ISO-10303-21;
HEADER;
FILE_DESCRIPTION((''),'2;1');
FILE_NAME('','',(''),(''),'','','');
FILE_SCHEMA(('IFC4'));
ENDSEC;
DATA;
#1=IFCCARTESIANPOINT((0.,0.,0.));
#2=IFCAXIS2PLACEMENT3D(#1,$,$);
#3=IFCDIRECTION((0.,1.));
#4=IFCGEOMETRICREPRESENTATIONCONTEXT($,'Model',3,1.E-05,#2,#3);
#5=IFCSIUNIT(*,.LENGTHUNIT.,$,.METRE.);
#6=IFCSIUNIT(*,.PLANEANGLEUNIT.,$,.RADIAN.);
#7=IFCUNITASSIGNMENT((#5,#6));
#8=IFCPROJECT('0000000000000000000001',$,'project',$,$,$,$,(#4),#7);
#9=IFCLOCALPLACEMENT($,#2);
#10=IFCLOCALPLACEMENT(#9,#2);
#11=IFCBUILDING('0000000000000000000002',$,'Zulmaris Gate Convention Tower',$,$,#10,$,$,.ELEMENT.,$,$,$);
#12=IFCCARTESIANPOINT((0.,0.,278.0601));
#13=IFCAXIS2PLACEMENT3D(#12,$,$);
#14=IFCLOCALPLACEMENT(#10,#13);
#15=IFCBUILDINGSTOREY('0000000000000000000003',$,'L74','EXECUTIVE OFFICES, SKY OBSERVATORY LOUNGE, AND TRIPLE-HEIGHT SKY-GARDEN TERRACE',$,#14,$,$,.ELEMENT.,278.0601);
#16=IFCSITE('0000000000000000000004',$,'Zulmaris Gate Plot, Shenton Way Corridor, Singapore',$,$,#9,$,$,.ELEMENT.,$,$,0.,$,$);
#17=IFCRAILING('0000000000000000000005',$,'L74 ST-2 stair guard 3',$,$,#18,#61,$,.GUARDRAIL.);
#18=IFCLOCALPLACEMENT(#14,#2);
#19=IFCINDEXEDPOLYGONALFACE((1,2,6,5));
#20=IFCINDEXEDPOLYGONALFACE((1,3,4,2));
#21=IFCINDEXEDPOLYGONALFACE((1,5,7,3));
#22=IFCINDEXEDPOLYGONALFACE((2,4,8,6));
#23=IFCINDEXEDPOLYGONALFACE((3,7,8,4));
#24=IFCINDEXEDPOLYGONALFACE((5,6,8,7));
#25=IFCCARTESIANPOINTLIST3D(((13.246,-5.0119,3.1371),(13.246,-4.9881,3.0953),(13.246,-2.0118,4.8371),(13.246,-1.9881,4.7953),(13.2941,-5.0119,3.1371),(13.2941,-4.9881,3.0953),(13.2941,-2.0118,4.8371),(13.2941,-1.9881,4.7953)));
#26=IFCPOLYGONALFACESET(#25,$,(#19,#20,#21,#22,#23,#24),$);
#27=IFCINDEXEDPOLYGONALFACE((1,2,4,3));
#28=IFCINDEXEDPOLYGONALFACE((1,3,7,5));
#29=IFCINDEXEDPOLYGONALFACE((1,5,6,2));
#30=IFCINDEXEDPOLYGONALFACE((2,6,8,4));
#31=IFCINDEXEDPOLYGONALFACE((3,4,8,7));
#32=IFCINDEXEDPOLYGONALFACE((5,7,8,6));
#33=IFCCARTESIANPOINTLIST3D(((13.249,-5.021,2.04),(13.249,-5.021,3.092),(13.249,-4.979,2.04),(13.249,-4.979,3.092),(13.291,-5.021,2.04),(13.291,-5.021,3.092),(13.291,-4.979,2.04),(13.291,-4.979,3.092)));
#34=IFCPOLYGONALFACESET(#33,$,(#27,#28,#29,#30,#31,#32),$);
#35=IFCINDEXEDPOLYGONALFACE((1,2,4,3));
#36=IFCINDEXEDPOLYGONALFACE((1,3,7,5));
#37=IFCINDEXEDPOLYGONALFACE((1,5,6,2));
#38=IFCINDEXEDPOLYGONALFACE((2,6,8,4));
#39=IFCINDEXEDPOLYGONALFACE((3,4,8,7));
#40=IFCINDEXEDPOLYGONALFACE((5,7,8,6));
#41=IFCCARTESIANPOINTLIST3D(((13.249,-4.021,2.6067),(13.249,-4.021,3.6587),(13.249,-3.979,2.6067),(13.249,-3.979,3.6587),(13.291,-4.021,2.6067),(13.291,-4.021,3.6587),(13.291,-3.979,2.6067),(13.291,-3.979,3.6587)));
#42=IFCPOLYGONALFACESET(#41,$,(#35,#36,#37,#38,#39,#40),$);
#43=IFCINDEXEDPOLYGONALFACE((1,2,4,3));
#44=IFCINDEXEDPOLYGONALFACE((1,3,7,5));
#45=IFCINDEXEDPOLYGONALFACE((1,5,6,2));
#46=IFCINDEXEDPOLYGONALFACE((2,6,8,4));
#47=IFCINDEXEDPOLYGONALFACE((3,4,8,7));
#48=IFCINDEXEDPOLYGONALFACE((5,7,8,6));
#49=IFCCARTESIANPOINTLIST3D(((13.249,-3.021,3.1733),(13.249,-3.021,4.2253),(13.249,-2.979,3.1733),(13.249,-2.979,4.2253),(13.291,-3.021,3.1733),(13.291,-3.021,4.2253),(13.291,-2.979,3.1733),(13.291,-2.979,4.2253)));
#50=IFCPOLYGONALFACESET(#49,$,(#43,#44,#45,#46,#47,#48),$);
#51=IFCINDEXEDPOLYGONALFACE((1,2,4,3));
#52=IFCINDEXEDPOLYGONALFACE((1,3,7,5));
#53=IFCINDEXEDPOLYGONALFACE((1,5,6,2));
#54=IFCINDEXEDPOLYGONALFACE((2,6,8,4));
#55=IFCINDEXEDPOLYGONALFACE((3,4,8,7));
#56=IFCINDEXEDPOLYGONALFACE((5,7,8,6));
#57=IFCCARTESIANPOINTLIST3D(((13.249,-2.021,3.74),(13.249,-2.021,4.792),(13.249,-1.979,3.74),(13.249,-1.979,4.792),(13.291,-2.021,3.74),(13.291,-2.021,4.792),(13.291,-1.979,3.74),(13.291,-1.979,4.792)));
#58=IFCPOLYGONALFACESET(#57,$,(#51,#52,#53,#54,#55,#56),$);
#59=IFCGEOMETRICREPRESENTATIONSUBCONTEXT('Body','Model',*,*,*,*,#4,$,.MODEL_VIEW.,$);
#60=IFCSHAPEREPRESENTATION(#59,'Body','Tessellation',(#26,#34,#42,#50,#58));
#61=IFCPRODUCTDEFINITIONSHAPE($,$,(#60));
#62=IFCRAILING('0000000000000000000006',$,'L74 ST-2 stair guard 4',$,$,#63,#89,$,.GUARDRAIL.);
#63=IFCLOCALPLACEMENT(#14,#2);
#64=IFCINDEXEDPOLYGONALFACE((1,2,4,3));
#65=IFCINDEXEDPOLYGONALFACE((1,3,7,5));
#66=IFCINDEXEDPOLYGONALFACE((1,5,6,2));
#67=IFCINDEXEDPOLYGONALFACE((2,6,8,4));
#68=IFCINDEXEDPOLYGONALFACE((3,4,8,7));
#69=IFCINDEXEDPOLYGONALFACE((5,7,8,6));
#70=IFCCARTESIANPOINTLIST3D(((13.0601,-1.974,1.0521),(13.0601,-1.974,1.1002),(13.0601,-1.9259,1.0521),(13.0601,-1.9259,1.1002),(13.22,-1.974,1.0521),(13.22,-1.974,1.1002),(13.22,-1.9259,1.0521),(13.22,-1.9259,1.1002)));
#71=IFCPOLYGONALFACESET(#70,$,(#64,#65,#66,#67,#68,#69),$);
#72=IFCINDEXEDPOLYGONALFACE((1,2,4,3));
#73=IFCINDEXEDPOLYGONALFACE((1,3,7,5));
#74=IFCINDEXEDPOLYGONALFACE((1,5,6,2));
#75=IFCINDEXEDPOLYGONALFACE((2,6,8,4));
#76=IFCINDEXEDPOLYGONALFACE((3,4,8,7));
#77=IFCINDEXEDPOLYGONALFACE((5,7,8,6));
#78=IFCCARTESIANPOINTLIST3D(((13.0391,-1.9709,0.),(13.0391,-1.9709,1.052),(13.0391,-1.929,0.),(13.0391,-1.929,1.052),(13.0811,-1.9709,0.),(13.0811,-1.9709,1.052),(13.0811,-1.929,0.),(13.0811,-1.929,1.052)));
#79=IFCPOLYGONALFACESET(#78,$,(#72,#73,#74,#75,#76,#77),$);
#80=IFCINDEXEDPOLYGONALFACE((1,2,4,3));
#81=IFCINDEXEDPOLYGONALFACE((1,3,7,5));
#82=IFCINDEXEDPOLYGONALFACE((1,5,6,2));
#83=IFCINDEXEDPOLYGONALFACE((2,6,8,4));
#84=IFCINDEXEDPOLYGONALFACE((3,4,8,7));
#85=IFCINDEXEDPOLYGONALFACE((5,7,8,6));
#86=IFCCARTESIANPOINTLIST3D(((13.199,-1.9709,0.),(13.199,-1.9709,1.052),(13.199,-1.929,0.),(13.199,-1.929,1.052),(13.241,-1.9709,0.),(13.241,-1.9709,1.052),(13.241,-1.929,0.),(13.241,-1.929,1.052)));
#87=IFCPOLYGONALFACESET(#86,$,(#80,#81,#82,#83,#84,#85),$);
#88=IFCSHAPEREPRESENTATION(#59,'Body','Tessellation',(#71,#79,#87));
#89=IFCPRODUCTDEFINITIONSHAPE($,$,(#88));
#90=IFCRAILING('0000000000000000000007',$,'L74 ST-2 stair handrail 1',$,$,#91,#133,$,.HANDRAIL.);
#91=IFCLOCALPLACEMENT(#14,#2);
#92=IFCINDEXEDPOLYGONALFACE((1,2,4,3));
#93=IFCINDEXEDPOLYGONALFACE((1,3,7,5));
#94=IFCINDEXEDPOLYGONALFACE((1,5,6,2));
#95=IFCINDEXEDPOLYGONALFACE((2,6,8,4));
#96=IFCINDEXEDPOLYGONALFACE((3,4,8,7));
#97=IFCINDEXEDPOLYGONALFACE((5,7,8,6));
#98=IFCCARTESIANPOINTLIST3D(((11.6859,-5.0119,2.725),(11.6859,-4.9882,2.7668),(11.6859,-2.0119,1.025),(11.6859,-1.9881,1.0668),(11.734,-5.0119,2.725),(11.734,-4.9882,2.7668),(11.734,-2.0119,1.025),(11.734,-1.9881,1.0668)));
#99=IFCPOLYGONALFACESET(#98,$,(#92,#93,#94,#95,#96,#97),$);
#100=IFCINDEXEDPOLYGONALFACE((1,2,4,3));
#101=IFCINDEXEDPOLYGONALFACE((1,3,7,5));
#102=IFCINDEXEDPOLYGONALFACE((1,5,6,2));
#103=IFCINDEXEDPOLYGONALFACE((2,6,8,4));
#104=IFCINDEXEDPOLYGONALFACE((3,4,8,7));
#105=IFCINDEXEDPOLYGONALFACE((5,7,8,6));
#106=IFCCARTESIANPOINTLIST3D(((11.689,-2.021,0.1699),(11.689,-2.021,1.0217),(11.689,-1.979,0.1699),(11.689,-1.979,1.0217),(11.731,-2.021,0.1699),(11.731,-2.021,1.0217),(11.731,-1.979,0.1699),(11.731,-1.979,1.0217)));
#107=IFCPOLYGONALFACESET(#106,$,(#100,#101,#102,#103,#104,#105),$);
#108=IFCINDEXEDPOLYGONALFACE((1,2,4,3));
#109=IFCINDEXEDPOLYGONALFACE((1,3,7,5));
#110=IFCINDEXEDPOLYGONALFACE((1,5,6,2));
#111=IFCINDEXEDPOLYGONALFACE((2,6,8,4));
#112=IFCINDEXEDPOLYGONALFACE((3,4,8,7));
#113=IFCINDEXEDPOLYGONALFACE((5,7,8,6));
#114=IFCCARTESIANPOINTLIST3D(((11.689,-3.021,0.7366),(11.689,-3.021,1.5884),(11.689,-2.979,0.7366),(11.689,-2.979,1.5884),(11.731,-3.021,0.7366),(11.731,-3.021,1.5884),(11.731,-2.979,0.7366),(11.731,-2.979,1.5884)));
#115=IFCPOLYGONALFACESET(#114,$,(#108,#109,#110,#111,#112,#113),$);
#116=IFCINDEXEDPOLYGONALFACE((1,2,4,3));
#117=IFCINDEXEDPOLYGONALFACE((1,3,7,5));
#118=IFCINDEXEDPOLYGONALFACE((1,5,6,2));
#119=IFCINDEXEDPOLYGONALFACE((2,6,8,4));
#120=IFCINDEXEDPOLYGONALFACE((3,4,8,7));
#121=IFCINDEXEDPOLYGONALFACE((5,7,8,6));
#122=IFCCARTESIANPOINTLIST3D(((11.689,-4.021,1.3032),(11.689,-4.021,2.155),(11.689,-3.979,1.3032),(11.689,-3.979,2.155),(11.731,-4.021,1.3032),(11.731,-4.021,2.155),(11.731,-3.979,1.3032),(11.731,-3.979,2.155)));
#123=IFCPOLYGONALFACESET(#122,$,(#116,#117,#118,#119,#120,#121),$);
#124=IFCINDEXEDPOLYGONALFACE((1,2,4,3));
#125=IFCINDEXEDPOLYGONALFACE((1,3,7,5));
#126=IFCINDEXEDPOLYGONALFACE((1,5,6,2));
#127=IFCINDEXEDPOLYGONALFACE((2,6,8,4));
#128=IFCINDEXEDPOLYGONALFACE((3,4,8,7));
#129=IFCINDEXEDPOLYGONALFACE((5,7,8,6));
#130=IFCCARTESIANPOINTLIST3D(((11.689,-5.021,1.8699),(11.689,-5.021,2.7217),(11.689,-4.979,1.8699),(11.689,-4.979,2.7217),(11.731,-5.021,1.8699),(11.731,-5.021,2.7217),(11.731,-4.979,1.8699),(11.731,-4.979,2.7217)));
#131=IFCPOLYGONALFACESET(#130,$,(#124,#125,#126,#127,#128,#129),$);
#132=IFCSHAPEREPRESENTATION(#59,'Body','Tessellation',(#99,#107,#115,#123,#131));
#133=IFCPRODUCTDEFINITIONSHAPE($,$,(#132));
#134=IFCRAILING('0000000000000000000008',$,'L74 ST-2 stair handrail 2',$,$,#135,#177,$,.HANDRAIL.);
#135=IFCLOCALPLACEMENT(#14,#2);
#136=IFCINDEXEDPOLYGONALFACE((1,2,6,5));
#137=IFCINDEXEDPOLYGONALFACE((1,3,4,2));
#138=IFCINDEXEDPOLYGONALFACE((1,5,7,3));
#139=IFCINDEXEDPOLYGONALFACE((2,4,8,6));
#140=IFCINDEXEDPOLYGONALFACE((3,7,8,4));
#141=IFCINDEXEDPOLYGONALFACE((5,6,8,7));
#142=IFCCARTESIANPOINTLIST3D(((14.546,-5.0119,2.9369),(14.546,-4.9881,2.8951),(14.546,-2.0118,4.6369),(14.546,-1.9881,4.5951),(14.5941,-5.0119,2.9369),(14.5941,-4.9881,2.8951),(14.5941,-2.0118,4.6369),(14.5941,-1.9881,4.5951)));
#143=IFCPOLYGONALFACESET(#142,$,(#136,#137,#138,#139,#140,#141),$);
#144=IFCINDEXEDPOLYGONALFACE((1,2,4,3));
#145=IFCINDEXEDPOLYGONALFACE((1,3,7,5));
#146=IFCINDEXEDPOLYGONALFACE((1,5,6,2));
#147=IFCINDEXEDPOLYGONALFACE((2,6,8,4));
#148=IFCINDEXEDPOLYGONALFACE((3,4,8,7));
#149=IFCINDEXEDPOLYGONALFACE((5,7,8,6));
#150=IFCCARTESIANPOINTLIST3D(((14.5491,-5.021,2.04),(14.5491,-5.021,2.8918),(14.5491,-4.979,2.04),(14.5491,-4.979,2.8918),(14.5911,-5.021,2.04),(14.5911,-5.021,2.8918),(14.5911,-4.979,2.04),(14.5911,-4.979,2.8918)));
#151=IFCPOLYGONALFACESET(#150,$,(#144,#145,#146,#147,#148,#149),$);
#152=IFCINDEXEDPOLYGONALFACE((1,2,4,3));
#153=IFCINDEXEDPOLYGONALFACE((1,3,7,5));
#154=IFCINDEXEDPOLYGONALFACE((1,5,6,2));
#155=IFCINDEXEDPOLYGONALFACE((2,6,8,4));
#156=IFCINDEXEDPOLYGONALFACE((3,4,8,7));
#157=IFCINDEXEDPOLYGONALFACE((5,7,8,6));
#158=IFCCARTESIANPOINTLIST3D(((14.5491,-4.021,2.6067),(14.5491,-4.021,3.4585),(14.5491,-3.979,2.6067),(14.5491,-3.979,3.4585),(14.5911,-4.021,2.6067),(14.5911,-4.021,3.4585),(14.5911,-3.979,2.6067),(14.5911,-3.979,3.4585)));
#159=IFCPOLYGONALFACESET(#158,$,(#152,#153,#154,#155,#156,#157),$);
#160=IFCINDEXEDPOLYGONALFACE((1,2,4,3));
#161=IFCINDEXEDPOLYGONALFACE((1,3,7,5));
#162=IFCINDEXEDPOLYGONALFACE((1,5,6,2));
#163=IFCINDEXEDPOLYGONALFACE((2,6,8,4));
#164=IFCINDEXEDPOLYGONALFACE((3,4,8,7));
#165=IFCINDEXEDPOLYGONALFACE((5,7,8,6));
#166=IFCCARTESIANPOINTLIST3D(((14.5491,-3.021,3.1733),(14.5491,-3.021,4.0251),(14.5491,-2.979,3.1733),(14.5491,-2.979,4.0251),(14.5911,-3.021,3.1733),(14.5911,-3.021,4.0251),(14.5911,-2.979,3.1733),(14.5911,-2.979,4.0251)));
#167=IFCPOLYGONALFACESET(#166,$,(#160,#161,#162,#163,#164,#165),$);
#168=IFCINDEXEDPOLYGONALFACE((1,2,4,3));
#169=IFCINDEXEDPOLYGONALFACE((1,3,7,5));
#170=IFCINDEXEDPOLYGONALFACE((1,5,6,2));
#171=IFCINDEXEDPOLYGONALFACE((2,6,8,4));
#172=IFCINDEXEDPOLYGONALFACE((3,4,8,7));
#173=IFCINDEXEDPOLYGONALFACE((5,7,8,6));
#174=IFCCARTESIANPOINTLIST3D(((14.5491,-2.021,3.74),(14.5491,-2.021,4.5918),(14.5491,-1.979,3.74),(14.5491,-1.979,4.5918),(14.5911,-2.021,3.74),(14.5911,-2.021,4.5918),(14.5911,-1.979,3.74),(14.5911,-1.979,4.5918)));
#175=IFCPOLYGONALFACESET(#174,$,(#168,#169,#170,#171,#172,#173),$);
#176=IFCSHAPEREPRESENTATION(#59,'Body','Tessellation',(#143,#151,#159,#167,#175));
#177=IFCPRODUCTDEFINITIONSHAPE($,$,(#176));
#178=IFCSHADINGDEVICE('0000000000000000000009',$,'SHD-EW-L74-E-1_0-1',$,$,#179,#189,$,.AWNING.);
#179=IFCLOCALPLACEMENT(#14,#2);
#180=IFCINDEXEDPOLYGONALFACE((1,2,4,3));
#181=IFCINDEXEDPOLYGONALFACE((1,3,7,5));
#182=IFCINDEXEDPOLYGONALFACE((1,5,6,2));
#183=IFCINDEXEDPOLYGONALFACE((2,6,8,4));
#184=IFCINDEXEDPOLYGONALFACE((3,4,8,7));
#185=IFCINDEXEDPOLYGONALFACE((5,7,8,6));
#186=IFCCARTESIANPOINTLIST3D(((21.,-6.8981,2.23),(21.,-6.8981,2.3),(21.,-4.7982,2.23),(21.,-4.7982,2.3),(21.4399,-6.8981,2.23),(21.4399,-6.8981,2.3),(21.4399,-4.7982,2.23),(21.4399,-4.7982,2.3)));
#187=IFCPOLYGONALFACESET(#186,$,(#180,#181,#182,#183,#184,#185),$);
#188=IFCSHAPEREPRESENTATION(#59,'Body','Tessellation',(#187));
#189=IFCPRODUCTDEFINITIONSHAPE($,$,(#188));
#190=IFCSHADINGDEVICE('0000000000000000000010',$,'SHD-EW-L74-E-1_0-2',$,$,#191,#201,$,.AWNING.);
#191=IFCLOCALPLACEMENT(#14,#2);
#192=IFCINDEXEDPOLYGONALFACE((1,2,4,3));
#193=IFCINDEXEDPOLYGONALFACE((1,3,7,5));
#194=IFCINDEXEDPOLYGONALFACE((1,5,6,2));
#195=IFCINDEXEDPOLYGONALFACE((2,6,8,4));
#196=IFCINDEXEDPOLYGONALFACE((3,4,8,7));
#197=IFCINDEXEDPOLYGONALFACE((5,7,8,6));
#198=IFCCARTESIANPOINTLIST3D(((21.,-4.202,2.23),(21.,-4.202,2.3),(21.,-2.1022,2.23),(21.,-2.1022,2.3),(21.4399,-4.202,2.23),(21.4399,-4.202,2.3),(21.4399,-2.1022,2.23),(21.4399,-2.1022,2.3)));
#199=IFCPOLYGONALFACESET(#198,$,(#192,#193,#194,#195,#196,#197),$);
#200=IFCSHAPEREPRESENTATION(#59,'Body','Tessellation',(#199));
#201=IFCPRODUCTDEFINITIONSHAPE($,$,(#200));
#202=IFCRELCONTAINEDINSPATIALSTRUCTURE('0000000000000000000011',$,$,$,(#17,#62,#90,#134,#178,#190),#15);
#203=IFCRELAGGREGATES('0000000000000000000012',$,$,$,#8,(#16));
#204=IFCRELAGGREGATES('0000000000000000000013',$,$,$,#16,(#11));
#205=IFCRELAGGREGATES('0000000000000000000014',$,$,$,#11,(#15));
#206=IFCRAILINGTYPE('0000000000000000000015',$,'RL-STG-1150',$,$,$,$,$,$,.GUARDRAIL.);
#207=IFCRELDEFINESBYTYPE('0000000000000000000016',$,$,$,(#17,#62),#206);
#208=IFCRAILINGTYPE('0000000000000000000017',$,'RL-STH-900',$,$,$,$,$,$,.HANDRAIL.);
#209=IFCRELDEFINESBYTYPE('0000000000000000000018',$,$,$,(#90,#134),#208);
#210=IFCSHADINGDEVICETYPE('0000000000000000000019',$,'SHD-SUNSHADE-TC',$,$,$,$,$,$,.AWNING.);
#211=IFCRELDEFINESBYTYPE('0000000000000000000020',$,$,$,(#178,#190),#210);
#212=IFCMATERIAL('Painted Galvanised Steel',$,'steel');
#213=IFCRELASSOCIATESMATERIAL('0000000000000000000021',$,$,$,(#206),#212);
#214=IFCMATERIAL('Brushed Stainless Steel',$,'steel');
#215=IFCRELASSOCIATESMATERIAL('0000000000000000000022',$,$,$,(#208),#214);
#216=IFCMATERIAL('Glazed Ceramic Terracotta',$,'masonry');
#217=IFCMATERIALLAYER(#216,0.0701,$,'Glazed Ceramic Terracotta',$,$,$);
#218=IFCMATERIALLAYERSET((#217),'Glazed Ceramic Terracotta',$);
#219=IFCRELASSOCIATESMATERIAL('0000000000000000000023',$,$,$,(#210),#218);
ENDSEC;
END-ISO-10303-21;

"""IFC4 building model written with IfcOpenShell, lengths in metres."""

from ifc_helpers import new_model, si_unit, direction, frame, frame_2d, origin, origin_2d, place, context, subcontext, project, spatial, rectangle, extrude, material, layer, layer_set, type_object, element, save


model = new_model("IFC4")

# Units and contexts
model_context = context("Model", 3, precision=1e-05, world=origin(), true_north=direction((0.0, 1.0)))
body_context = subcontext(model_context, "Body", "Model", "MODEL_VIEW")
ifc_project = project(units=[si_unit("LENGTHUNIT", "METRE"), si_unit("PLANEANGLEUNIT", "RADIAN")], contexts=[model_context])

# Site, building, storey
site_placement = place(None, origin())
site = spatial("IfcSite", under=ifc_project, at=site_placement, Name="Zulmaris Gate Plot, Shenton Way Corridor, Singapore", CompositionType="ELEMENT", RefElevation=0.0)
building_placement = place(site_placement, origin())
building = spatial("IfcBuilding", under=site, at=building_placement, Name="Zulmaris Gate Convention Tower", CompositionType="ELEMENT")
storey_placement = place(building_placement, frame((0.0, 0.0, 278.0601)))
storey = spatial("IfcBuildingStorey", under=building, at=storey_placement, Name="L74", Description="EXECUTIVE OFFICES, SKY OBSERVATORY LOUNGE, AND TRIPLE-HEIGHT SKY-GARDEN TERRACE", CompositionType="ELEMENT", Elevation=278.0601)

# Railings
ifc_material_1 = material(Name="Painted Galvanised Steel", Category="steel")
railing_type_1 = type_object("IfcRailingType", Name="RL-STG-1150", PredefinedType="GUARDRAIL", material=ifc_material_1)
railing_1_placement = place(storey_placement, frame((13.27, -5.0, 2.04)))
element("IfcRailing", 1, at=railing_1_placement, inside=storey, type_object=railing_type_1, Name="L74 ST-2 stair guard 3", PredefinedType="GUARDRAIL", context=body_context, shape_type="SweptSolid", body=[
    extrude(rectangle(XDim=0.0481, YDim=0.0481, at=origin_2d()), frame((0.0, 0.0, 1.0762), z_axis=(0.0, 0.870028, 0.493002), x_axis=(-1.0, 0.0, 0.0)), (0.0, 0.0, 1.0), 3.4482),
    extrude(rectangle(XDim=0.042, YDim=0.042, at=origin_2d()), origin(), (0.0, 0.0, 1.0), 1.052),
    extrude(rectangle(XDim=0.042, YDim=0.042, at=origin_2d()), frame((0.0, 1.0, 0.5667)), (0.0, 0.0, 1.0), 1.052),
    extrude(rectangle(XDim=0.042, YDim=0.042, at=origin_2d()), frame((0.0, 2.0, 1.1333)), (0.0, 0.0, 1.0), 1.052),
    extrude(rectangle(XDim=0.042, YDim=0.042, at=origin_2d()), frame((0.0, 3.0, 1.7)), (0.0, 0.0, 1.0), 1.052),
])
railing_2_placement = place(storey_placement, frame((13.0601, -1.95, 0.0)))
element("IfcRailing", 2, at=railing_2_placement, inside=storey, type_object=railing_type_1, Name="L74 ST-2 stair guard 4", PredefinedType="GUARDRAIL", context=body_context, shape_type="SweptSolid", body=[
    extrude(rectangle(XDim=0.0481, YDim=0.0481, at=origin_2d()), frame((0.0, 0.0, 1.0762), z_axis=(1.0, 0.0, 0.0), x_axis=(0.0, 1.0, 0.0)), (0.0, 0.0, 1.0), 0.1599),
    extrude(rectangle(XDim=0.042, YDim=0.042, at=origin_2d()), origin(), (0.0, 0.0, 1.0), 1.052),
    extrude(rectangle(XDim=0.042, YDim=0.042, at=origin_2d()), frame((0.1599, 0.0, 0.0)), (0.0, 0.0, 1.0), 1.052),
])
ifc_material_2 = material(Name="Brushed Stainless Steel", Category="steel")
railing_type_2 = type_object("IfcRailingType", Name="RL-STH-900", PredefinedType="HANDRAIL", material=ifc_material_2)
railing_3_placement = place(storey_placement, frame((11.71, -2.0, 0.1699)))
element("IfcRailing", 3, at=railing_3_placement, inside=storey, type_object=railing_type_2, Name="L74 ST-2 stair handrail 1", PredefinedType="HANDRAIL", context=body_context, shape_type="SweptSolid", body=[
    extrude(rectangle(XDim=0.0481, YDim=0.0481, at=origin_2d()), frame((0.0, 0.0, 0.876), z_axis=(0.0, -0.870028, 0.493002), x_axis=(1.0, 0.0, 0.0)), (0.0, 0.0, 1.0), 3.4482),
    extrude(rectangle(XDim=0.042, YDim=0.042, at=origin_2d()), origin(), (0.0, 0.0, 1.0), 0.8518),
    extrude(rectangle(XDim=0.042, YDim=0.042, at=origin_2d()), frame((0.0, -1.0, 0.5667)), (0.0, 0.0, 1.0), 0.8518),
    extrude(rectangle(XDim=0.042, YDim=0.042, at=origin_2d()), frame((0.0, -2.0, 1.1333)), (0.0, 0.0, 1.0), 0.8518),
    extrude(rectangle(XDim=0.042, YDim=0.042, at=origin_2d()), frame((0.0, -3.0, 1.7)), (0.0, 0.0, 1.0), 0.8518),
])
railing_4_placement = place(storey_placement, frame((14.5701, -5.0, 2.04)))
element("IfcRailing", 4, at=railing_4_placement, inside=storey, type_object=railing_type_2, Name="L74 ST-2 stair handrail 2", PredefinedType="HANDRAIL", context=body_context, shape_type="SweptSolid", body=[
    extrude(rectangle(XDim=0.0481, YDim=0.0481, at=origin_2d()), frame((0.0, 0.0, 0.876), z_axis=(0.0, 0.870028, 0.493002), x_axis=(-1.0, 0.0, 0.0)), (0.0, 0.0, 1.0), 3.4482),
    extrude(rectangle(XDim=0.042, YDim=0.042, at=origin_2d()), origin(), (0.0, 0.0, 1.0), 0.8518),
    extrude(rectangle(XDim=0.042, YDim=0.042, at=origin_2d()), frame((0.0, 1.0, 0.5667)), (0.0, 0.0, 1.0), 0.8518),
    extrude(rectangle(XDim=0.042, YDim=0.042, at=origin_2d()), frame((0.0, 2.0, 1.1333)), (0.0, 0.0, 1.0), 0.8518),
    extrude(rectangle(XDim=0.042, YDim=0.042, at=origin_2d()), frame((0.0, 3.0, 1.7)), (0.0, 0.0, 1.0), 0.8518),
])

# Shading devices
ifc_material_3 = material(Name="Glazed Ceramic Terracotta", Category="masonry")
ifc_layer_1 = layer(ifc_material_3, 0.0701, Name="Glazed Ceramic Terracotta")
ifc_layer_set_1 = layer_set([ifc_layer_1], Name="Glazed Ceramic Terracotta")
shading_device_type = type_object("IfcShadingDeviceType", Name="SHD-SUNSHADE-TC", PredefinedType="AWNING", material=ifc_layer_set_1)
for number, where, z_axis, x_axis, name in (
    (5, (21.22, -6.8979, 2.23), (0.0, 0.0, 1.0), (0.0, 1.0, 0.0), "SHD-EW-L74-E-1_0-1"),
    (6, (21.22, -4.2019, 2.23), (0.0, 0.0, 1.0), (0.0, 1.0, 0.0), "SHD-EW-L74-E-1_0-2"),
):
    element("IfcShadingDevice", number, at=place(storey_placement, frame(where, z_axis=z_axis, x_axis=x_axis)), inside=storey, type_object=shading_device_type, Name=name, PredefinedType="AWNING", context=body_context, shape_type="SweptSolid", body=[
        extrude(rectangle(XDim=2.0999, YDim=0.4399, at=frame_2d((1.0498, 0.0))), origin(), (0.0, 0.0, 1.0), 0.0701),
    ])

save(model, "model.ifc")
